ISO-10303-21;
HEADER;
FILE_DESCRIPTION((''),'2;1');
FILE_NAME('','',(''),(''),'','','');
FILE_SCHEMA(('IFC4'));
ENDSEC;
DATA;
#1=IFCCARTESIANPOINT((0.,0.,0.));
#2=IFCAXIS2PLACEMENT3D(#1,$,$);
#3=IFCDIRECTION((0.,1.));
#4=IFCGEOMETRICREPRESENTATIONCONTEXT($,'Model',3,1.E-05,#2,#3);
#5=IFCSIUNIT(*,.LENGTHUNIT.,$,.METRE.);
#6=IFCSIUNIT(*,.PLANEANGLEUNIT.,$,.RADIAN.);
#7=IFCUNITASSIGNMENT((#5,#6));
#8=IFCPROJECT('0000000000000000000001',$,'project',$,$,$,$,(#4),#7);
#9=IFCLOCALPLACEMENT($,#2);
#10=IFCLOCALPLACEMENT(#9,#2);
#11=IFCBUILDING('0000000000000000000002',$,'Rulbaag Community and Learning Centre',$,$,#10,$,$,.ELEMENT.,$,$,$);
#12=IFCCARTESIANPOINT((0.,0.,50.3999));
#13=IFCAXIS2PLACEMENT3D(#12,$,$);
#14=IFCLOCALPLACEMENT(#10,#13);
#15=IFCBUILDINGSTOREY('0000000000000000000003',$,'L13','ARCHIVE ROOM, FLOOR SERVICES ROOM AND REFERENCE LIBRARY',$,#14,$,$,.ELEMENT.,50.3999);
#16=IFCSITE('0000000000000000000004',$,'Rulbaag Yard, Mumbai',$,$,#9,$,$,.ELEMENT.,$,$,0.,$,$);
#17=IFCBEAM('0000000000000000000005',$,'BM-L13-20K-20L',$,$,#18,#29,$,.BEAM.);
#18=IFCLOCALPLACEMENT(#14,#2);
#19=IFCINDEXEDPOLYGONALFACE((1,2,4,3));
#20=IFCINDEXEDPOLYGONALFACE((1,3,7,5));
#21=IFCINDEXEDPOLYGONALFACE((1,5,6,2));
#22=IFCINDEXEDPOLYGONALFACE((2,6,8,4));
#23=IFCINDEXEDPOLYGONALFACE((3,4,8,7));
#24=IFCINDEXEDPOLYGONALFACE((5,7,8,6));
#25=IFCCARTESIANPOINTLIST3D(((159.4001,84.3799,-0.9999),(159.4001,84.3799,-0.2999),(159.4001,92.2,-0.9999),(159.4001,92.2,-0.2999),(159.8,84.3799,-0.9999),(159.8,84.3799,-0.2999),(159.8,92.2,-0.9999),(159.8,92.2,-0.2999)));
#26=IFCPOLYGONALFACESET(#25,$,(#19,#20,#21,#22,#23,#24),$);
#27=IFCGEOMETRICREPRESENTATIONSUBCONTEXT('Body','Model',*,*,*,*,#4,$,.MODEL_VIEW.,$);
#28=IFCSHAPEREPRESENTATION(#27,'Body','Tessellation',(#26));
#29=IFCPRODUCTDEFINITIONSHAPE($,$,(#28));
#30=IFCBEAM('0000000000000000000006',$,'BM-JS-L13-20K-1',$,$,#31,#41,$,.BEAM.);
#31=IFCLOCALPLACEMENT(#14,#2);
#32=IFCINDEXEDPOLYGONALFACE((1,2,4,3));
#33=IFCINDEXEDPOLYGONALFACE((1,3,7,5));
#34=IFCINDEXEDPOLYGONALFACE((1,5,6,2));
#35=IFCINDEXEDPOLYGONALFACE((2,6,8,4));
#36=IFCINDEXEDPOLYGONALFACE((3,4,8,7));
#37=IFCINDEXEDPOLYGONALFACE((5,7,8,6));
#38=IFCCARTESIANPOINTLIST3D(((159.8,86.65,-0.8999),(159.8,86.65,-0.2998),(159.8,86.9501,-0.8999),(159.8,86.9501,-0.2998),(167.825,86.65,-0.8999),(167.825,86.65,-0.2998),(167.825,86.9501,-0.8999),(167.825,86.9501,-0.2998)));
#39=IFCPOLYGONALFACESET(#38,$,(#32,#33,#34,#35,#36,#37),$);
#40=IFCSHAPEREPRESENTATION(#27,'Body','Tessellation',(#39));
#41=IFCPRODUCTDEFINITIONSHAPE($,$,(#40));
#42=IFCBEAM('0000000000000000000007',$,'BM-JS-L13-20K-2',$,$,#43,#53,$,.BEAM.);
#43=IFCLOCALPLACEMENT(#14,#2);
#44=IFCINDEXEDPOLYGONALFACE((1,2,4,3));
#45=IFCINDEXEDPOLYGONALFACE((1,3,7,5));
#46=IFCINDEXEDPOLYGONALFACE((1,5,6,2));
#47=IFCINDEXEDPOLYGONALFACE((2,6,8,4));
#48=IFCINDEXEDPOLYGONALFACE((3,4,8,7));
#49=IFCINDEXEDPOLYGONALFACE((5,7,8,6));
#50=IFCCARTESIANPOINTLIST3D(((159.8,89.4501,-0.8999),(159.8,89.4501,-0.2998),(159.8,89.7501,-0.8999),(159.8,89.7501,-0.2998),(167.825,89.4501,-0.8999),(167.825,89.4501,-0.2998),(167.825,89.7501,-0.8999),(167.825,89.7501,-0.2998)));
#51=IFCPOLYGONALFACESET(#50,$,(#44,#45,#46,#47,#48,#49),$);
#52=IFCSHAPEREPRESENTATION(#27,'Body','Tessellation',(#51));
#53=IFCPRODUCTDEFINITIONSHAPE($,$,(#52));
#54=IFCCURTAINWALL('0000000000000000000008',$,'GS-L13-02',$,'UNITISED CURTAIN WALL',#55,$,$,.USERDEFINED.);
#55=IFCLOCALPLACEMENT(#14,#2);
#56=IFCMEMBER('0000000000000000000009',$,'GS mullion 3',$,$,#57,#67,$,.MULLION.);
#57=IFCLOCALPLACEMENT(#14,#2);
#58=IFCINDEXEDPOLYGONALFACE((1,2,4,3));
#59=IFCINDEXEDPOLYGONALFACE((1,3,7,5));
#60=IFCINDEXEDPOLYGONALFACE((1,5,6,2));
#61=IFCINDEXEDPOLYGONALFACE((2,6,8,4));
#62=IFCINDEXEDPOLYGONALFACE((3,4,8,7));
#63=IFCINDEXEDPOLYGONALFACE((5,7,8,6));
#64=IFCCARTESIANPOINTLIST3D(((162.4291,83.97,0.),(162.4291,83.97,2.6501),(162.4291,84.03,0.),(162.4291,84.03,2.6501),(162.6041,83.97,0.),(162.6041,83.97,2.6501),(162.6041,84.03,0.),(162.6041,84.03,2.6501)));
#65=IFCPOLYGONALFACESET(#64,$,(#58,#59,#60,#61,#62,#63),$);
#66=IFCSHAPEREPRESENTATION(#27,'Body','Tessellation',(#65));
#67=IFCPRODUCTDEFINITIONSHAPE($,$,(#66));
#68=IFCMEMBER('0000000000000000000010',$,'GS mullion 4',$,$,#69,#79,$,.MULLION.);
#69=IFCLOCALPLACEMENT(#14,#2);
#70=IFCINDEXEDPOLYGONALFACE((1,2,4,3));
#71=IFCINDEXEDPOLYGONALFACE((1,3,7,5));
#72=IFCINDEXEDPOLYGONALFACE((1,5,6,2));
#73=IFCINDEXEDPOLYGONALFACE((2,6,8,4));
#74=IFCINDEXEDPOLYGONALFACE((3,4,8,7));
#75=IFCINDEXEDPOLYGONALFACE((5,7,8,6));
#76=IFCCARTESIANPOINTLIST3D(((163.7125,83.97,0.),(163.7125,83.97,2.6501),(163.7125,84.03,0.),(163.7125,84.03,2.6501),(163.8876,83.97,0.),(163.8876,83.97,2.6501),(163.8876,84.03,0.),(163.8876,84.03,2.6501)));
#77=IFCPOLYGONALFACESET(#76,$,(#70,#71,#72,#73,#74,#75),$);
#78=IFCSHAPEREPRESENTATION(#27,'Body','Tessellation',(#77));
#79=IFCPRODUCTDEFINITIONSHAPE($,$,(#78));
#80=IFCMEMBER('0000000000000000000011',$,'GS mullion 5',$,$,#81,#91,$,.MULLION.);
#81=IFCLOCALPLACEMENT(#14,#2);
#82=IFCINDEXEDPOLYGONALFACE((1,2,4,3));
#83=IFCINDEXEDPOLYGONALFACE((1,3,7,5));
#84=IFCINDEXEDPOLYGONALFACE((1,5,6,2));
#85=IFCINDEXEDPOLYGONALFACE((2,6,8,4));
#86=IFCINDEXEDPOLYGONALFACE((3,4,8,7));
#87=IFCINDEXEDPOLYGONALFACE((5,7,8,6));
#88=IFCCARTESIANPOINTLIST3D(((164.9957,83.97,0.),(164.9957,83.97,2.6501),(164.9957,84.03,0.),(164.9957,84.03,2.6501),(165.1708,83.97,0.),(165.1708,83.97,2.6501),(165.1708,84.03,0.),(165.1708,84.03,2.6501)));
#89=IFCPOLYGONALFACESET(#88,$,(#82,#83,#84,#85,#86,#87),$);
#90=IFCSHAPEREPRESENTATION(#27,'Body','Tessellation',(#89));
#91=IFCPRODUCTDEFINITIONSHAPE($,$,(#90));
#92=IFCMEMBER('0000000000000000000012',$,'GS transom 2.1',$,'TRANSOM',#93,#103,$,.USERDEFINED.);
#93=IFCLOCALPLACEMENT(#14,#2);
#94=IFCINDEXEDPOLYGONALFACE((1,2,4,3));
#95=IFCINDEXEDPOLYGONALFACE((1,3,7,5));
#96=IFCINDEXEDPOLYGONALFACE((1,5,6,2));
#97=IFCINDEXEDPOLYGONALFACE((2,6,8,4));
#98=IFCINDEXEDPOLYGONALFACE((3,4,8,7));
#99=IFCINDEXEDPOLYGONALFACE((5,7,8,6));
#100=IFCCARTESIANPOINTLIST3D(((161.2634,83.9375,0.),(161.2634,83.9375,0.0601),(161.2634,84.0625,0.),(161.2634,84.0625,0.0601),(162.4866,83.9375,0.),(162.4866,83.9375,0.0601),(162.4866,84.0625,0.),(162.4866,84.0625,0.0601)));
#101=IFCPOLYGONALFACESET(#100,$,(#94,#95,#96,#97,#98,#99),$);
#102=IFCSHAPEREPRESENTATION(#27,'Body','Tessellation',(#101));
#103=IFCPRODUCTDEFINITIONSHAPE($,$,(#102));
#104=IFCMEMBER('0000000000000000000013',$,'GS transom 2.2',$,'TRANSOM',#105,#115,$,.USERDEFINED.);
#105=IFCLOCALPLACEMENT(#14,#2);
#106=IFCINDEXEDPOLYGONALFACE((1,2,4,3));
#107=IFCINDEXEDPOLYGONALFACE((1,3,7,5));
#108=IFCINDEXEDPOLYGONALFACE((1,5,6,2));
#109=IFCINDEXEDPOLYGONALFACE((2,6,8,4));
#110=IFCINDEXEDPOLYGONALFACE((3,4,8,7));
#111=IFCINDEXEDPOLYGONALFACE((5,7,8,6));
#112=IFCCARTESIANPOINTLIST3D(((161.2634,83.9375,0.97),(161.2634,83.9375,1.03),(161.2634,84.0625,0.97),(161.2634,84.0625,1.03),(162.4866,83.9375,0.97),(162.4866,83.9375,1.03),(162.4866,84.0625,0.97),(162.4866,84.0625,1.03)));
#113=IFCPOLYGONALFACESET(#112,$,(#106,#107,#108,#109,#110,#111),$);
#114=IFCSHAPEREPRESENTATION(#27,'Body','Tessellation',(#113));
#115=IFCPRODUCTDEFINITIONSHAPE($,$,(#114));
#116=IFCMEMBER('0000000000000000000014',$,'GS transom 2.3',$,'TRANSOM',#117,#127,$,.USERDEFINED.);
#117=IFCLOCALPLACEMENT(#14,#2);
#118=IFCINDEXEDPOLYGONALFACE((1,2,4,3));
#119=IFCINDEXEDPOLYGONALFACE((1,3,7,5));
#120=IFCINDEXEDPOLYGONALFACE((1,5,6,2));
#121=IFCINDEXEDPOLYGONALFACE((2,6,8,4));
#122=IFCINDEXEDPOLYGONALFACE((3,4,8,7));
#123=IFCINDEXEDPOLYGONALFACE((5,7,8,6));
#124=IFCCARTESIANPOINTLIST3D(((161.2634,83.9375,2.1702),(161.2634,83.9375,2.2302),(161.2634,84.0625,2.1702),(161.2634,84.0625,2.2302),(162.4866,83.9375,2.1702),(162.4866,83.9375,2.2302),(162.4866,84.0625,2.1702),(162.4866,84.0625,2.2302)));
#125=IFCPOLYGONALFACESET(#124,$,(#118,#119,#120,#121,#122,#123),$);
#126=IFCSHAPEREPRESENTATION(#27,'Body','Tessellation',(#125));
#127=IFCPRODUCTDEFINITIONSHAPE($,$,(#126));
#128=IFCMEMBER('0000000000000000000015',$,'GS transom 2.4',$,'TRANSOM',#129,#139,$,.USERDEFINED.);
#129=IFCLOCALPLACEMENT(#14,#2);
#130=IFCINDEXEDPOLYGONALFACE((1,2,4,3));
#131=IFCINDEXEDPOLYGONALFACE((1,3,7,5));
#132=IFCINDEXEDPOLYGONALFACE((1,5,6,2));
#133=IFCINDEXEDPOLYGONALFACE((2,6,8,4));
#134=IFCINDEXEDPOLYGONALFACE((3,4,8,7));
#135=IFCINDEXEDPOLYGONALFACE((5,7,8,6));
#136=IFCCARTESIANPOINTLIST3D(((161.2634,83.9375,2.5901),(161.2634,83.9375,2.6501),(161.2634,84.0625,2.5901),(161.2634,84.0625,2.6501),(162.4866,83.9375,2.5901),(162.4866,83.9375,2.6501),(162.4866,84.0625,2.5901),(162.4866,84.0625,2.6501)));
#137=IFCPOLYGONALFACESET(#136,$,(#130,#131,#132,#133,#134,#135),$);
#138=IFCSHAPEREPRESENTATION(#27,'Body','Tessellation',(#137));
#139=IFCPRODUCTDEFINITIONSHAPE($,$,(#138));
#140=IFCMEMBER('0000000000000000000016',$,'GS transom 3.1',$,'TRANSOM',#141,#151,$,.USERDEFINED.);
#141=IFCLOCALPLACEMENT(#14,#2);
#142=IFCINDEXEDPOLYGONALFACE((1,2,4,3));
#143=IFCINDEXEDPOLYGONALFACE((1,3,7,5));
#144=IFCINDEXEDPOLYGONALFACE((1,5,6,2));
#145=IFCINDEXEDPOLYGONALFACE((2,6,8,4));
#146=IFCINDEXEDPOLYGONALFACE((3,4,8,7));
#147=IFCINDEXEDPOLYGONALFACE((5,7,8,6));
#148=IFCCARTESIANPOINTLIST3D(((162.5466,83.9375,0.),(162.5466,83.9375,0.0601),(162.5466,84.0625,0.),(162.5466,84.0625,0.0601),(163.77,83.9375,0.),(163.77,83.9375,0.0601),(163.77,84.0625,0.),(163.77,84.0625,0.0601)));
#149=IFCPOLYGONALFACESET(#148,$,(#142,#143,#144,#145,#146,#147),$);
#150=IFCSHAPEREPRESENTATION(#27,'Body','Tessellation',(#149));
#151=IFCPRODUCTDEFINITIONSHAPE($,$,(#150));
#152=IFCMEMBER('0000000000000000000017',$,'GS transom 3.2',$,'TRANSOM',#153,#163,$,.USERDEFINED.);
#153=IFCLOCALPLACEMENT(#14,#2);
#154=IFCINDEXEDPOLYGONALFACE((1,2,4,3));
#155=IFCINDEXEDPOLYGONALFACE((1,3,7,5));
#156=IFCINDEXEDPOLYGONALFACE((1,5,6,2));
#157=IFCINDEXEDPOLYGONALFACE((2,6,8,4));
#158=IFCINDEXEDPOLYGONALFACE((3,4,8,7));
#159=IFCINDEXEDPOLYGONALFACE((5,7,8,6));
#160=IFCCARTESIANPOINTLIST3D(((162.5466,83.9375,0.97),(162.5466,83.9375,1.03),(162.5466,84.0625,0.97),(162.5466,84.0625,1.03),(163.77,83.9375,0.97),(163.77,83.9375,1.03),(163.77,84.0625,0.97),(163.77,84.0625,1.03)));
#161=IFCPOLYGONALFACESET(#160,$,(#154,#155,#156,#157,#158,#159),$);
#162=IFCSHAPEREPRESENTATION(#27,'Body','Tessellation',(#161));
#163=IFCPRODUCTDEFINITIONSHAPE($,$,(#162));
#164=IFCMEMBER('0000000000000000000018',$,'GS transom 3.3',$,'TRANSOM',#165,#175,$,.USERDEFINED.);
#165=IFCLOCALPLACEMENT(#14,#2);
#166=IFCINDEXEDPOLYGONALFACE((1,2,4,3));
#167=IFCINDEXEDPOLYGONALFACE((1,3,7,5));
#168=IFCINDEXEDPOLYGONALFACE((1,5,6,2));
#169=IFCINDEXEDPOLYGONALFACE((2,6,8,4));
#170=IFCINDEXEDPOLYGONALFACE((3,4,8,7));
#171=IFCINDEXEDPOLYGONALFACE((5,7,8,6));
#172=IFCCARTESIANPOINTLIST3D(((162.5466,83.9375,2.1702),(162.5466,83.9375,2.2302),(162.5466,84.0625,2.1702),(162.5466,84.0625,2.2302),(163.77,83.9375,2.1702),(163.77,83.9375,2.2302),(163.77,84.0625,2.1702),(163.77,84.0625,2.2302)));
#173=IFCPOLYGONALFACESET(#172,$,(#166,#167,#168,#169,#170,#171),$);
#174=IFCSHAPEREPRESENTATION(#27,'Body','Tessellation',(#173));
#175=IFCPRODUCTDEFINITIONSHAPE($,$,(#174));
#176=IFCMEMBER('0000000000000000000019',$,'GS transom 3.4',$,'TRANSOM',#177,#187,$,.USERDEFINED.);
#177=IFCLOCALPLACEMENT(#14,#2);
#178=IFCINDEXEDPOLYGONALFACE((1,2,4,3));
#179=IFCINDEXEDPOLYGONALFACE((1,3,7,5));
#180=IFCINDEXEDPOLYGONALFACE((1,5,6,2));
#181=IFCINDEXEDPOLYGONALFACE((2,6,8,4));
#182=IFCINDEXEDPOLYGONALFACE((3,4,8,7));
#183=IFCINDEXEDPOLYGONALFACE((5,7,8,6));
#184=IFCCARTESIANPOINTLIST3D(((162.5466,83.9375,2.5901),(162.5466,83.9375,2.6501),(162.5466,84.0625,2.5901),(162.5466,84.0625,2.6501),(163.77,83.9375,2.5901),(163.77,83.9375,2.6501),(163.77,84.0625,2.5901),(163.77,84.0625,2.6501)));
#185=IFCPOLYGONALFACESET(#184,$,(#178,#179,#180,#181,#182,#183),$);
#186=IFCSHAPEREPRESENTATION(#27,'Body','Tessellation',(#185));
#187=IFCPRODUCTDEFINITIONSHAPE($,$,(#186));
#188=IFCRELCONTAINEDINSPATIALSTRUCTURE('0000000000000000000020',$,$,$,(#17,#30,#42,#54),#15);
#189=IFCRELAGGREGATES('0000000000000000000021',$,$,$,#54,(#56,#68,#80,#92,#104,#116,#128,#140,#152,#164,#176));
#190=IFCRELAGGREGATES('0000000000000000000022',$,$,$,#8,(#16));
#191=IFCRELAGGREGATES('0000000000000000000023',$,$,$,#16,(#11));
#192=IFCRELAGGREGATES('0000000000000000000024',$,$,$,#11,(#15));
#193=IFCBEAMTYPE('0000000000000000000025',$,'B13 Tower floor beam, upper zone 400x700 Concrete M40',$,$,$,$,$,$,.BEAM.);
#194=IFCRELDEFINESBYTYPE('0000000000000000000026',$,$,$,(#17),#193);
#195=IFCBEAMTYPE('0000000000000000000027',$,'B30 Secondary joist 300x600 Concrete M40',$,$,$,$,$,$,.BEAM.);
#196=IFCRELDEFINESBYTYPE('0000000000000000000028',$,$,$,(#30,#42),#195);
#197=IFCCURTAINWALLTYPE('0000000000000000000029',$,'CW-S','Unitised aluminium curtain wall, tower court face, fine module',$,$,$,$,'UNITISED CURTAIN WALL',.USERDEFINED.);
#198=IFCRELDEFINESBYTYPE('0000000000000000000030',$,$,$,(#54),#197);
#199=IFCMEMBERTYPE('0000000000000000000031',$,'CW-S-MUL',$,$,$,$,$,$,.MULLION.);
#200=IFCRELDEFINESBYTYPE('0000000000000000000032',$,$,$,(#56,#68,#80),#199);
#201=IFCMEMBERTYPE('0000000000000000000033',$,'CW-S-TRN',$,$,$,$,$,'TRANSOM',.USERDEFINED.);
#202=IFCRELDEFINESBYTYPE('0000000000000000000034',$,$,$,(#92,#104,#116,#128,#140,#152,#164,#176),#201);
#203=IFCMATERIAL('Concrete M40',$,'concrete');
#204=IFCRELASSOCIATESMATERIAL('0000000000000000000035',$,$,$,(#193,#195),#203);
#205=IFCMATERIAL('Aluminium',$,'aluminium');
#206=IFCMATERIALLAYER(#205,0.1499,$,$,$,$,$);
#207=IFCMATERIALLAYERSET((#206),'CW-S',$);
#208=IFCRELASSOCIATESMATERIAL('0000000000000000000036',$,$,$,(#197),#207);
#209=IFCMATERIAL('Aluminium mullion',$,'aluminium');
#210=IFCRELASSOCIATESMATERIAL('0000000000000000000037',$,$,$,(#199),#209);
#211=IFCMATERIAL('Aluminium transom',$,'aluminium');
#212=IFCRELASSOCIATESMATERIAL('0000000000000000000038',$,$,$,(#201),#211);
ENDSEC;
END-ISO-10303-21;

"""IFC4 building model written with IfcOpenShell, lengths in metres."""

from ifc_helpers import new_model, si_unit, direction, frame, origin, origin_2d, place, context, subcontext, project, spatial, rectangle, extrude, material, layer, layer_set, material_profile, profile_set, type_object, element, aggregate, save


model = new_model("IFC4")

# Units and contexts
model_context = context("Model", 3, precision=1e-05, world=origin(), true_north=direction((0.0, 1.0)))
body_context = subcontext(model_context, "Body", "Model", "MODEL_VIEW")
ifc_project = project(units=[si_unit("LENGTHUNIT", "METRE"), si_unit("PLANEANGLEUNIT", "RADIAN")], contexts=[model_context])

# Site, building, storey
site_placement = place(None, origin())
site = spatial("IfcSite", under=ifc_project, at=site_placement, Name="Rulbaag Yard, Mumbai", CompositionType="ELEMENT", RefElevation=0.0)
building_placement = place(site_placement, origin())
building = spatial("IfcBuilding", under=site, at=building_placement, Name="Rulbaag Community and Learning Centre", CompositionType="ELEMENT")
storey_placement = place(building_placement, frame((0.0, 0.0, 50.3999)))
storey = spatial("IfcBuildingStorey", under=building, at=storey_placement, Name="L13", Description="ARCHIVE ROOM, FLOOR SERVICES ROOM AND REFERENCE LIBRARY", CompositionType="ELEMENT", Elevation=50.3999)

# Beams
ifc_material_1 = material(Name="Concrete M40", Category="concrete")
ifc_material_profile_1 = material_profile(ifc_material_1, rectangle(XDim=0.3999, YDim=0.7, at=origin_2d()), Name="RB400x700")
ifc_profile_set_1 = profile_set([ifc_material_profile_1], Name="Concrete M40")
beam_type_1 = type_object("IfcBeamType", Name="B13 Tower floor beam, upper zone 400x700 Concrete M40", PredefinedType="BEAM", material=ifc_profile_set_1)
beam_placement = place(storey_placement, frame((159.6001, 84.3799, -0.6499), z_axis=(0.0, 1.0, 0.0), x_axis=(-1.0, 0.0, 0.0)))
element("IfcBeam", 1, at=beam_placement, inside=storey, type_object=beam_type_1, Name="BM-L13-20K-20L", PredefinedType="BEAM", context=body_context, shape_type="SweptSolid", body=[
    extrude(rectangle(XDim=0.3999, YDim=0.7, at=origin_2d()), origin(), (0.0, 0.0, 1.0), 7.8201),
])
ifc_material_profile_2 = material_profile(ifc_material_1, rectangle(XDim=0.3, YDim=0.6001, at=origin_2d()), Name="RB300x600")
ifc_profile_set_2 = profile_set([ifc_material_profile_2], Name="Concrete M40")
beam_type_2 = type_object("IfcBeamType", Name="B30 Secondary joist 300x600 Concrete M40", PredefinedType="BEAM", material=ifc_profile_set_2)
for number, where, z_axis, x_axis, name in (
    (2, (159.8, 86.8, -0.5999), (1.0, 0.0, 0.0), (0.0, 1.0, 0.0), "BM-JS-L13-20K-1"),
    (3, (159.8, 89.6001, -0.5999), (1.0, 0.0, 0.0), (0.0, 1.0, 0.0), "BM-JS-L13-20K-2"),
):
    element("IfcBeam", number, at=place(storey_placement, frame(where, z_axis=z_axis, x_axis=x_axis)), inside=storey, type_object=beam_type_2, Name=name, PredefinedType="BEAM", context=body_context, shape_type="SweptSolid", body=[
        extrude(rectangle(XDim=0.3, YDim=0.6001, at=origin_2d()), origin(), (0.0, 0.0, 1.0), 8.0249),
    ])

# Curtain wall, members
ifc_material_2 = material(Name="Aluminium", Category="aluminium")
ifc_layer_1 = layer(ifc_material_2, 0.1499)
ifc_layer_set_1 = layer_set([ifc_layer_1], Name="CW-S")
curtain_wall_type = type_object("IfcCurtainWallType", Name="CW-S", Description="Unitised aluminium curtain wall, tower court face, fine module", ElementType="UNITISED CURTAIN WALL", PredefinedType="USERDEFINED", material=ifc_layer_set_1)
curtain_wall_placement = place(storey_placement, origin())
curtain_wall = element("IfcCurtainWall", 4, at=curtain_wall_placement, inside=storey, type_object=curtain_wall_type, Name="GS-L13-02", ObjectType="UNITISED CURTAIN WALL", PredefinedType="USERDEFINED")
ifc_material_3 = material(Name="Aluminium mullion", Category="aluminium")
ifc_material_profile_3 = material_profile(ifc_material_3, rectangle(XDim=0.0601, YDim=0.175, at=origin_2d()), Name="AL 60x175")
ifc_profile_set_3 = profile_set([ifc_material_profile_3], Name="Aluminium mullion")
member_type_1 = type_object("IfcMemberType", Name="CW-S-MUL", PredefinedType="MULLION", material=ifc_profile_set_3)
member_1_placement = place(storey_placement, frame((162.5166, 84.0, 0.0), z_axis=(0.0, 0.0, 1.0), x_axis=(0.0, 1.0, 0.0)))
member_1 = element("IfcMember", 5, at=member_1_placement, type_object=member_type_1, Name="GS mullion 3", PredefinedType="MULLION", context=body_context, shape_type="SweptSolid", body=[
    extrude(rectangle(XDim=0.0601, YDim=0.175, at=origin_2d()), origin(), (0.0, 0.0, 1.0), 2.6501),
])
member_2_placement = place(storey_placement, frame((163.8, 84.0, 0.0), z_axis=(0.0, 0.0, 1.0), x_axis=(0.0, 1.0, 0.0)))
member_2 = element("IfcMember", 6, at=member_2_placement, type_object=member_type_1, Name="GS mullion 4", PredefinedType="MULLION", context=body_context, shape_type="SweptSolid", body=[
    extrude(rectangle(XDim=0.0601, YDim=0.175, at=origin_2d()), origin(), (0.0, 0.0, 1.0), 2.6501),
])
member_3_placement = place(storey_placement, frame((165.0833, 84.0, 0.0), z_axis=(0.0, 0.0, 1.0), x_axis=(0.0, 1.0, 0.0)))
member_3 = element("IfcMember", 7, at=member_3_placement, type_object=member_type_1, Name="GS mullion 5", PredefinedType="MULLION", context=body_context, shape_type="SweptSolid", body=[
    extrude(rectangle(XDim=0.0601, YDim=0.175, at=origin_2d()), origin(), (0.0, 0.0, 1.0), 2.6501),
])
ifc_material_4 = material(Name="Aluminium transom", Category="aluminium")
ifc_material_profile_4 = material_profile(ifc_material_4, rectangle(XDim=0.125, YDim=0.0601, at=origin_2d()), Name="AL 60x125 T")
ifc_profile_set_4 = profile_set([ifc_material_profile_4], Name="Aluminium transom")
member_type_2 = type_object("IfcMemberType", Name="CW-S-TRN", ElementType="TRANSOM", PredefinedType="USERDEFINED", material=ifc_profile_set_4)
member_4_placement = place(storey_placement, frame((161.2634, 84.0, 0.03), z_axis=(1.0, 0.0, 0.0), x_axis=(0.0, 1.0, 0.0)))
member_4 = element("IfcMember", 8, at=member_4_placement, type_object=member_type_2, Name="GS transom 2.1", ObjectType="TRANSOM", PredefinedType="USERDEFINED", context=body_context, shape_type="SweptSolid", body=[
    extrude(rectangle(XDim=0.125, YDim=0.0601, at=origin_2d()), origin(), (0.0, 0.0, 1.0), 1.2231),
])
member_5_placement = place(storey_placement, frame((161.2634, 84.0, 1.0), z_axis=(1.0, 0.0, 0.0), x_axis=(0.0, 1.0, 0.0)))
member_5 = element("IfcMember", 9, at=member_5_placement, type_object=member_type_2, Name="GS transom 2.2", ObjectType="TRANSOM", PredefinedType="USERDEFINED", context=body_context, shape_type="SweptSolid", body=[
    extrude(rectangle(XDim=0.125, YDim=0.0601, at=origin_2d()), origin(), (0.0, 0.0, 1.0), 1.2231),
])
member_6_placement = place(storey_placement, frame((161.2634, 84.0, 2.2002), z_axis=(1.0, 0.0, 0.0), x_axis=(0.0, 1.0, 0.0)))
member_6 = element("IfcMember", 10, at=member_6_placement, type_object=member_type_2, Name="GS transom 2.3", ObjectType="TRANSOM", PredefinedType="USERDEFINED", context=body_context, shape_type="SweptSolid", body=[
    extrude(rectangle(XDim=0.125, YDim=0.0601, at=origin_2d()), origin(), (0.0, 0.0, 1.0), 1.2231),
])
member_7_placement = place(storey_placement, frame((161.2634, 84.0, 2.6201), z_axis=(1.0, 0.0, 0.0), x_axis=(0.0, 1.0, 0.0)))
member_7 = element("IfcMember", 11, at=member_7_placement, type_object=member_type_2, Name="GS transom 2.4", ObjectType="TRANSOM", PredefinedType="USERDEFINED", context=body_context, shape_type="SweptSolid", body=[
    extrude(rectangle(XDim=0.125, YDim=0.0601, at=origin_2d()), origin(), (0.0, 0.0, 1.0), 1.2231),
])
member_8_placement = place(storey_placement, frame((162.5466, 84.0, 0.03), z_axis=(1.0, 0.0, 0.0), x_axis=(0.0, 1.0, 0.0)))
member_8 = element("IfcMember", 12, at=member_8_placement, type_object=member_type_2, Name="GS transom 3.1", ObjectType="TRANSOM", PredefinedType="USERDEFINED", context=body_context, shape_type="SweptSolid", body=[
    extrude(rectangle(XDim=0.125, YDim=0.0601, at=origin_2d()), origin(), (0.0, 0.0, 1.0), 1.2234),
])
member_9_placement = place(storey_placement, frame((162.5466, 84.0, 1.0), z_axis=(1.0, 0.0, 0.0), x_axis=(0.0, 1.0, 0.0)))
member_9 = element("IfcMember", 13, at=member_9_placement, type_object=member_type_2, Name="GS transom 3.2", ObjectType="TRANSOM", PredefinedType="USERDEFINED", context=body_context, shape_type="SweptSolid", body=[
    extrude(rectangle(XDim=0.125, YDim=0.0601, at=origin_2d()), origin(), (0.0, 0.0, 1.0), 1.2234),
])
member_10_placement = place(storey_placement, frame((162.5466, 84.0, 2.2002), z_axis=(1.0, 0.0, 0.0), x_axis=(0.0, 1.0, 0.0)))
member_10 = element("IfcMember", 14, at=member_10_placement, type_object=member_type_2, Name="GS transom 3.3", ObjectType="TRANSOM", PredefinedType="USERDEFINED", context=body_context, shape_type="SweptSolid", body=[
    extrude(rectangle(XDim=0.125, YDim=0.0601, at=origin_2d()), origin(), (0.0, 0.0, 1.0), 1.2234),
])
member_11_placement = place(storey_placement, frame((162.5466, 84.0, 2.6201), z_axis=(1.0, 0.0, 0.0), x_axis=(0.0, 1.0, 0.0)))
member_11 = element("IfcMember", 15, at=member_11_placement, type_object=member_type_2, Name="GS transom 3.4", ObjectType="TRANSOM", PredefinedType="USERDEFINED", context=body_context, shape_type="SweptSolid", body=[
    extrude(rectangle(XDim=0.125, YDim=0.0601, at=origin_2d()), origin(), (0.0, 0.0, 1.0), 1.2234),
])
aggregate(curtain_wall, [member_1, member_2, member_3, member_4, member_5, member_6, member_7, member_8, member_9, member_10, member_11])

save(model, "model.ifc")
